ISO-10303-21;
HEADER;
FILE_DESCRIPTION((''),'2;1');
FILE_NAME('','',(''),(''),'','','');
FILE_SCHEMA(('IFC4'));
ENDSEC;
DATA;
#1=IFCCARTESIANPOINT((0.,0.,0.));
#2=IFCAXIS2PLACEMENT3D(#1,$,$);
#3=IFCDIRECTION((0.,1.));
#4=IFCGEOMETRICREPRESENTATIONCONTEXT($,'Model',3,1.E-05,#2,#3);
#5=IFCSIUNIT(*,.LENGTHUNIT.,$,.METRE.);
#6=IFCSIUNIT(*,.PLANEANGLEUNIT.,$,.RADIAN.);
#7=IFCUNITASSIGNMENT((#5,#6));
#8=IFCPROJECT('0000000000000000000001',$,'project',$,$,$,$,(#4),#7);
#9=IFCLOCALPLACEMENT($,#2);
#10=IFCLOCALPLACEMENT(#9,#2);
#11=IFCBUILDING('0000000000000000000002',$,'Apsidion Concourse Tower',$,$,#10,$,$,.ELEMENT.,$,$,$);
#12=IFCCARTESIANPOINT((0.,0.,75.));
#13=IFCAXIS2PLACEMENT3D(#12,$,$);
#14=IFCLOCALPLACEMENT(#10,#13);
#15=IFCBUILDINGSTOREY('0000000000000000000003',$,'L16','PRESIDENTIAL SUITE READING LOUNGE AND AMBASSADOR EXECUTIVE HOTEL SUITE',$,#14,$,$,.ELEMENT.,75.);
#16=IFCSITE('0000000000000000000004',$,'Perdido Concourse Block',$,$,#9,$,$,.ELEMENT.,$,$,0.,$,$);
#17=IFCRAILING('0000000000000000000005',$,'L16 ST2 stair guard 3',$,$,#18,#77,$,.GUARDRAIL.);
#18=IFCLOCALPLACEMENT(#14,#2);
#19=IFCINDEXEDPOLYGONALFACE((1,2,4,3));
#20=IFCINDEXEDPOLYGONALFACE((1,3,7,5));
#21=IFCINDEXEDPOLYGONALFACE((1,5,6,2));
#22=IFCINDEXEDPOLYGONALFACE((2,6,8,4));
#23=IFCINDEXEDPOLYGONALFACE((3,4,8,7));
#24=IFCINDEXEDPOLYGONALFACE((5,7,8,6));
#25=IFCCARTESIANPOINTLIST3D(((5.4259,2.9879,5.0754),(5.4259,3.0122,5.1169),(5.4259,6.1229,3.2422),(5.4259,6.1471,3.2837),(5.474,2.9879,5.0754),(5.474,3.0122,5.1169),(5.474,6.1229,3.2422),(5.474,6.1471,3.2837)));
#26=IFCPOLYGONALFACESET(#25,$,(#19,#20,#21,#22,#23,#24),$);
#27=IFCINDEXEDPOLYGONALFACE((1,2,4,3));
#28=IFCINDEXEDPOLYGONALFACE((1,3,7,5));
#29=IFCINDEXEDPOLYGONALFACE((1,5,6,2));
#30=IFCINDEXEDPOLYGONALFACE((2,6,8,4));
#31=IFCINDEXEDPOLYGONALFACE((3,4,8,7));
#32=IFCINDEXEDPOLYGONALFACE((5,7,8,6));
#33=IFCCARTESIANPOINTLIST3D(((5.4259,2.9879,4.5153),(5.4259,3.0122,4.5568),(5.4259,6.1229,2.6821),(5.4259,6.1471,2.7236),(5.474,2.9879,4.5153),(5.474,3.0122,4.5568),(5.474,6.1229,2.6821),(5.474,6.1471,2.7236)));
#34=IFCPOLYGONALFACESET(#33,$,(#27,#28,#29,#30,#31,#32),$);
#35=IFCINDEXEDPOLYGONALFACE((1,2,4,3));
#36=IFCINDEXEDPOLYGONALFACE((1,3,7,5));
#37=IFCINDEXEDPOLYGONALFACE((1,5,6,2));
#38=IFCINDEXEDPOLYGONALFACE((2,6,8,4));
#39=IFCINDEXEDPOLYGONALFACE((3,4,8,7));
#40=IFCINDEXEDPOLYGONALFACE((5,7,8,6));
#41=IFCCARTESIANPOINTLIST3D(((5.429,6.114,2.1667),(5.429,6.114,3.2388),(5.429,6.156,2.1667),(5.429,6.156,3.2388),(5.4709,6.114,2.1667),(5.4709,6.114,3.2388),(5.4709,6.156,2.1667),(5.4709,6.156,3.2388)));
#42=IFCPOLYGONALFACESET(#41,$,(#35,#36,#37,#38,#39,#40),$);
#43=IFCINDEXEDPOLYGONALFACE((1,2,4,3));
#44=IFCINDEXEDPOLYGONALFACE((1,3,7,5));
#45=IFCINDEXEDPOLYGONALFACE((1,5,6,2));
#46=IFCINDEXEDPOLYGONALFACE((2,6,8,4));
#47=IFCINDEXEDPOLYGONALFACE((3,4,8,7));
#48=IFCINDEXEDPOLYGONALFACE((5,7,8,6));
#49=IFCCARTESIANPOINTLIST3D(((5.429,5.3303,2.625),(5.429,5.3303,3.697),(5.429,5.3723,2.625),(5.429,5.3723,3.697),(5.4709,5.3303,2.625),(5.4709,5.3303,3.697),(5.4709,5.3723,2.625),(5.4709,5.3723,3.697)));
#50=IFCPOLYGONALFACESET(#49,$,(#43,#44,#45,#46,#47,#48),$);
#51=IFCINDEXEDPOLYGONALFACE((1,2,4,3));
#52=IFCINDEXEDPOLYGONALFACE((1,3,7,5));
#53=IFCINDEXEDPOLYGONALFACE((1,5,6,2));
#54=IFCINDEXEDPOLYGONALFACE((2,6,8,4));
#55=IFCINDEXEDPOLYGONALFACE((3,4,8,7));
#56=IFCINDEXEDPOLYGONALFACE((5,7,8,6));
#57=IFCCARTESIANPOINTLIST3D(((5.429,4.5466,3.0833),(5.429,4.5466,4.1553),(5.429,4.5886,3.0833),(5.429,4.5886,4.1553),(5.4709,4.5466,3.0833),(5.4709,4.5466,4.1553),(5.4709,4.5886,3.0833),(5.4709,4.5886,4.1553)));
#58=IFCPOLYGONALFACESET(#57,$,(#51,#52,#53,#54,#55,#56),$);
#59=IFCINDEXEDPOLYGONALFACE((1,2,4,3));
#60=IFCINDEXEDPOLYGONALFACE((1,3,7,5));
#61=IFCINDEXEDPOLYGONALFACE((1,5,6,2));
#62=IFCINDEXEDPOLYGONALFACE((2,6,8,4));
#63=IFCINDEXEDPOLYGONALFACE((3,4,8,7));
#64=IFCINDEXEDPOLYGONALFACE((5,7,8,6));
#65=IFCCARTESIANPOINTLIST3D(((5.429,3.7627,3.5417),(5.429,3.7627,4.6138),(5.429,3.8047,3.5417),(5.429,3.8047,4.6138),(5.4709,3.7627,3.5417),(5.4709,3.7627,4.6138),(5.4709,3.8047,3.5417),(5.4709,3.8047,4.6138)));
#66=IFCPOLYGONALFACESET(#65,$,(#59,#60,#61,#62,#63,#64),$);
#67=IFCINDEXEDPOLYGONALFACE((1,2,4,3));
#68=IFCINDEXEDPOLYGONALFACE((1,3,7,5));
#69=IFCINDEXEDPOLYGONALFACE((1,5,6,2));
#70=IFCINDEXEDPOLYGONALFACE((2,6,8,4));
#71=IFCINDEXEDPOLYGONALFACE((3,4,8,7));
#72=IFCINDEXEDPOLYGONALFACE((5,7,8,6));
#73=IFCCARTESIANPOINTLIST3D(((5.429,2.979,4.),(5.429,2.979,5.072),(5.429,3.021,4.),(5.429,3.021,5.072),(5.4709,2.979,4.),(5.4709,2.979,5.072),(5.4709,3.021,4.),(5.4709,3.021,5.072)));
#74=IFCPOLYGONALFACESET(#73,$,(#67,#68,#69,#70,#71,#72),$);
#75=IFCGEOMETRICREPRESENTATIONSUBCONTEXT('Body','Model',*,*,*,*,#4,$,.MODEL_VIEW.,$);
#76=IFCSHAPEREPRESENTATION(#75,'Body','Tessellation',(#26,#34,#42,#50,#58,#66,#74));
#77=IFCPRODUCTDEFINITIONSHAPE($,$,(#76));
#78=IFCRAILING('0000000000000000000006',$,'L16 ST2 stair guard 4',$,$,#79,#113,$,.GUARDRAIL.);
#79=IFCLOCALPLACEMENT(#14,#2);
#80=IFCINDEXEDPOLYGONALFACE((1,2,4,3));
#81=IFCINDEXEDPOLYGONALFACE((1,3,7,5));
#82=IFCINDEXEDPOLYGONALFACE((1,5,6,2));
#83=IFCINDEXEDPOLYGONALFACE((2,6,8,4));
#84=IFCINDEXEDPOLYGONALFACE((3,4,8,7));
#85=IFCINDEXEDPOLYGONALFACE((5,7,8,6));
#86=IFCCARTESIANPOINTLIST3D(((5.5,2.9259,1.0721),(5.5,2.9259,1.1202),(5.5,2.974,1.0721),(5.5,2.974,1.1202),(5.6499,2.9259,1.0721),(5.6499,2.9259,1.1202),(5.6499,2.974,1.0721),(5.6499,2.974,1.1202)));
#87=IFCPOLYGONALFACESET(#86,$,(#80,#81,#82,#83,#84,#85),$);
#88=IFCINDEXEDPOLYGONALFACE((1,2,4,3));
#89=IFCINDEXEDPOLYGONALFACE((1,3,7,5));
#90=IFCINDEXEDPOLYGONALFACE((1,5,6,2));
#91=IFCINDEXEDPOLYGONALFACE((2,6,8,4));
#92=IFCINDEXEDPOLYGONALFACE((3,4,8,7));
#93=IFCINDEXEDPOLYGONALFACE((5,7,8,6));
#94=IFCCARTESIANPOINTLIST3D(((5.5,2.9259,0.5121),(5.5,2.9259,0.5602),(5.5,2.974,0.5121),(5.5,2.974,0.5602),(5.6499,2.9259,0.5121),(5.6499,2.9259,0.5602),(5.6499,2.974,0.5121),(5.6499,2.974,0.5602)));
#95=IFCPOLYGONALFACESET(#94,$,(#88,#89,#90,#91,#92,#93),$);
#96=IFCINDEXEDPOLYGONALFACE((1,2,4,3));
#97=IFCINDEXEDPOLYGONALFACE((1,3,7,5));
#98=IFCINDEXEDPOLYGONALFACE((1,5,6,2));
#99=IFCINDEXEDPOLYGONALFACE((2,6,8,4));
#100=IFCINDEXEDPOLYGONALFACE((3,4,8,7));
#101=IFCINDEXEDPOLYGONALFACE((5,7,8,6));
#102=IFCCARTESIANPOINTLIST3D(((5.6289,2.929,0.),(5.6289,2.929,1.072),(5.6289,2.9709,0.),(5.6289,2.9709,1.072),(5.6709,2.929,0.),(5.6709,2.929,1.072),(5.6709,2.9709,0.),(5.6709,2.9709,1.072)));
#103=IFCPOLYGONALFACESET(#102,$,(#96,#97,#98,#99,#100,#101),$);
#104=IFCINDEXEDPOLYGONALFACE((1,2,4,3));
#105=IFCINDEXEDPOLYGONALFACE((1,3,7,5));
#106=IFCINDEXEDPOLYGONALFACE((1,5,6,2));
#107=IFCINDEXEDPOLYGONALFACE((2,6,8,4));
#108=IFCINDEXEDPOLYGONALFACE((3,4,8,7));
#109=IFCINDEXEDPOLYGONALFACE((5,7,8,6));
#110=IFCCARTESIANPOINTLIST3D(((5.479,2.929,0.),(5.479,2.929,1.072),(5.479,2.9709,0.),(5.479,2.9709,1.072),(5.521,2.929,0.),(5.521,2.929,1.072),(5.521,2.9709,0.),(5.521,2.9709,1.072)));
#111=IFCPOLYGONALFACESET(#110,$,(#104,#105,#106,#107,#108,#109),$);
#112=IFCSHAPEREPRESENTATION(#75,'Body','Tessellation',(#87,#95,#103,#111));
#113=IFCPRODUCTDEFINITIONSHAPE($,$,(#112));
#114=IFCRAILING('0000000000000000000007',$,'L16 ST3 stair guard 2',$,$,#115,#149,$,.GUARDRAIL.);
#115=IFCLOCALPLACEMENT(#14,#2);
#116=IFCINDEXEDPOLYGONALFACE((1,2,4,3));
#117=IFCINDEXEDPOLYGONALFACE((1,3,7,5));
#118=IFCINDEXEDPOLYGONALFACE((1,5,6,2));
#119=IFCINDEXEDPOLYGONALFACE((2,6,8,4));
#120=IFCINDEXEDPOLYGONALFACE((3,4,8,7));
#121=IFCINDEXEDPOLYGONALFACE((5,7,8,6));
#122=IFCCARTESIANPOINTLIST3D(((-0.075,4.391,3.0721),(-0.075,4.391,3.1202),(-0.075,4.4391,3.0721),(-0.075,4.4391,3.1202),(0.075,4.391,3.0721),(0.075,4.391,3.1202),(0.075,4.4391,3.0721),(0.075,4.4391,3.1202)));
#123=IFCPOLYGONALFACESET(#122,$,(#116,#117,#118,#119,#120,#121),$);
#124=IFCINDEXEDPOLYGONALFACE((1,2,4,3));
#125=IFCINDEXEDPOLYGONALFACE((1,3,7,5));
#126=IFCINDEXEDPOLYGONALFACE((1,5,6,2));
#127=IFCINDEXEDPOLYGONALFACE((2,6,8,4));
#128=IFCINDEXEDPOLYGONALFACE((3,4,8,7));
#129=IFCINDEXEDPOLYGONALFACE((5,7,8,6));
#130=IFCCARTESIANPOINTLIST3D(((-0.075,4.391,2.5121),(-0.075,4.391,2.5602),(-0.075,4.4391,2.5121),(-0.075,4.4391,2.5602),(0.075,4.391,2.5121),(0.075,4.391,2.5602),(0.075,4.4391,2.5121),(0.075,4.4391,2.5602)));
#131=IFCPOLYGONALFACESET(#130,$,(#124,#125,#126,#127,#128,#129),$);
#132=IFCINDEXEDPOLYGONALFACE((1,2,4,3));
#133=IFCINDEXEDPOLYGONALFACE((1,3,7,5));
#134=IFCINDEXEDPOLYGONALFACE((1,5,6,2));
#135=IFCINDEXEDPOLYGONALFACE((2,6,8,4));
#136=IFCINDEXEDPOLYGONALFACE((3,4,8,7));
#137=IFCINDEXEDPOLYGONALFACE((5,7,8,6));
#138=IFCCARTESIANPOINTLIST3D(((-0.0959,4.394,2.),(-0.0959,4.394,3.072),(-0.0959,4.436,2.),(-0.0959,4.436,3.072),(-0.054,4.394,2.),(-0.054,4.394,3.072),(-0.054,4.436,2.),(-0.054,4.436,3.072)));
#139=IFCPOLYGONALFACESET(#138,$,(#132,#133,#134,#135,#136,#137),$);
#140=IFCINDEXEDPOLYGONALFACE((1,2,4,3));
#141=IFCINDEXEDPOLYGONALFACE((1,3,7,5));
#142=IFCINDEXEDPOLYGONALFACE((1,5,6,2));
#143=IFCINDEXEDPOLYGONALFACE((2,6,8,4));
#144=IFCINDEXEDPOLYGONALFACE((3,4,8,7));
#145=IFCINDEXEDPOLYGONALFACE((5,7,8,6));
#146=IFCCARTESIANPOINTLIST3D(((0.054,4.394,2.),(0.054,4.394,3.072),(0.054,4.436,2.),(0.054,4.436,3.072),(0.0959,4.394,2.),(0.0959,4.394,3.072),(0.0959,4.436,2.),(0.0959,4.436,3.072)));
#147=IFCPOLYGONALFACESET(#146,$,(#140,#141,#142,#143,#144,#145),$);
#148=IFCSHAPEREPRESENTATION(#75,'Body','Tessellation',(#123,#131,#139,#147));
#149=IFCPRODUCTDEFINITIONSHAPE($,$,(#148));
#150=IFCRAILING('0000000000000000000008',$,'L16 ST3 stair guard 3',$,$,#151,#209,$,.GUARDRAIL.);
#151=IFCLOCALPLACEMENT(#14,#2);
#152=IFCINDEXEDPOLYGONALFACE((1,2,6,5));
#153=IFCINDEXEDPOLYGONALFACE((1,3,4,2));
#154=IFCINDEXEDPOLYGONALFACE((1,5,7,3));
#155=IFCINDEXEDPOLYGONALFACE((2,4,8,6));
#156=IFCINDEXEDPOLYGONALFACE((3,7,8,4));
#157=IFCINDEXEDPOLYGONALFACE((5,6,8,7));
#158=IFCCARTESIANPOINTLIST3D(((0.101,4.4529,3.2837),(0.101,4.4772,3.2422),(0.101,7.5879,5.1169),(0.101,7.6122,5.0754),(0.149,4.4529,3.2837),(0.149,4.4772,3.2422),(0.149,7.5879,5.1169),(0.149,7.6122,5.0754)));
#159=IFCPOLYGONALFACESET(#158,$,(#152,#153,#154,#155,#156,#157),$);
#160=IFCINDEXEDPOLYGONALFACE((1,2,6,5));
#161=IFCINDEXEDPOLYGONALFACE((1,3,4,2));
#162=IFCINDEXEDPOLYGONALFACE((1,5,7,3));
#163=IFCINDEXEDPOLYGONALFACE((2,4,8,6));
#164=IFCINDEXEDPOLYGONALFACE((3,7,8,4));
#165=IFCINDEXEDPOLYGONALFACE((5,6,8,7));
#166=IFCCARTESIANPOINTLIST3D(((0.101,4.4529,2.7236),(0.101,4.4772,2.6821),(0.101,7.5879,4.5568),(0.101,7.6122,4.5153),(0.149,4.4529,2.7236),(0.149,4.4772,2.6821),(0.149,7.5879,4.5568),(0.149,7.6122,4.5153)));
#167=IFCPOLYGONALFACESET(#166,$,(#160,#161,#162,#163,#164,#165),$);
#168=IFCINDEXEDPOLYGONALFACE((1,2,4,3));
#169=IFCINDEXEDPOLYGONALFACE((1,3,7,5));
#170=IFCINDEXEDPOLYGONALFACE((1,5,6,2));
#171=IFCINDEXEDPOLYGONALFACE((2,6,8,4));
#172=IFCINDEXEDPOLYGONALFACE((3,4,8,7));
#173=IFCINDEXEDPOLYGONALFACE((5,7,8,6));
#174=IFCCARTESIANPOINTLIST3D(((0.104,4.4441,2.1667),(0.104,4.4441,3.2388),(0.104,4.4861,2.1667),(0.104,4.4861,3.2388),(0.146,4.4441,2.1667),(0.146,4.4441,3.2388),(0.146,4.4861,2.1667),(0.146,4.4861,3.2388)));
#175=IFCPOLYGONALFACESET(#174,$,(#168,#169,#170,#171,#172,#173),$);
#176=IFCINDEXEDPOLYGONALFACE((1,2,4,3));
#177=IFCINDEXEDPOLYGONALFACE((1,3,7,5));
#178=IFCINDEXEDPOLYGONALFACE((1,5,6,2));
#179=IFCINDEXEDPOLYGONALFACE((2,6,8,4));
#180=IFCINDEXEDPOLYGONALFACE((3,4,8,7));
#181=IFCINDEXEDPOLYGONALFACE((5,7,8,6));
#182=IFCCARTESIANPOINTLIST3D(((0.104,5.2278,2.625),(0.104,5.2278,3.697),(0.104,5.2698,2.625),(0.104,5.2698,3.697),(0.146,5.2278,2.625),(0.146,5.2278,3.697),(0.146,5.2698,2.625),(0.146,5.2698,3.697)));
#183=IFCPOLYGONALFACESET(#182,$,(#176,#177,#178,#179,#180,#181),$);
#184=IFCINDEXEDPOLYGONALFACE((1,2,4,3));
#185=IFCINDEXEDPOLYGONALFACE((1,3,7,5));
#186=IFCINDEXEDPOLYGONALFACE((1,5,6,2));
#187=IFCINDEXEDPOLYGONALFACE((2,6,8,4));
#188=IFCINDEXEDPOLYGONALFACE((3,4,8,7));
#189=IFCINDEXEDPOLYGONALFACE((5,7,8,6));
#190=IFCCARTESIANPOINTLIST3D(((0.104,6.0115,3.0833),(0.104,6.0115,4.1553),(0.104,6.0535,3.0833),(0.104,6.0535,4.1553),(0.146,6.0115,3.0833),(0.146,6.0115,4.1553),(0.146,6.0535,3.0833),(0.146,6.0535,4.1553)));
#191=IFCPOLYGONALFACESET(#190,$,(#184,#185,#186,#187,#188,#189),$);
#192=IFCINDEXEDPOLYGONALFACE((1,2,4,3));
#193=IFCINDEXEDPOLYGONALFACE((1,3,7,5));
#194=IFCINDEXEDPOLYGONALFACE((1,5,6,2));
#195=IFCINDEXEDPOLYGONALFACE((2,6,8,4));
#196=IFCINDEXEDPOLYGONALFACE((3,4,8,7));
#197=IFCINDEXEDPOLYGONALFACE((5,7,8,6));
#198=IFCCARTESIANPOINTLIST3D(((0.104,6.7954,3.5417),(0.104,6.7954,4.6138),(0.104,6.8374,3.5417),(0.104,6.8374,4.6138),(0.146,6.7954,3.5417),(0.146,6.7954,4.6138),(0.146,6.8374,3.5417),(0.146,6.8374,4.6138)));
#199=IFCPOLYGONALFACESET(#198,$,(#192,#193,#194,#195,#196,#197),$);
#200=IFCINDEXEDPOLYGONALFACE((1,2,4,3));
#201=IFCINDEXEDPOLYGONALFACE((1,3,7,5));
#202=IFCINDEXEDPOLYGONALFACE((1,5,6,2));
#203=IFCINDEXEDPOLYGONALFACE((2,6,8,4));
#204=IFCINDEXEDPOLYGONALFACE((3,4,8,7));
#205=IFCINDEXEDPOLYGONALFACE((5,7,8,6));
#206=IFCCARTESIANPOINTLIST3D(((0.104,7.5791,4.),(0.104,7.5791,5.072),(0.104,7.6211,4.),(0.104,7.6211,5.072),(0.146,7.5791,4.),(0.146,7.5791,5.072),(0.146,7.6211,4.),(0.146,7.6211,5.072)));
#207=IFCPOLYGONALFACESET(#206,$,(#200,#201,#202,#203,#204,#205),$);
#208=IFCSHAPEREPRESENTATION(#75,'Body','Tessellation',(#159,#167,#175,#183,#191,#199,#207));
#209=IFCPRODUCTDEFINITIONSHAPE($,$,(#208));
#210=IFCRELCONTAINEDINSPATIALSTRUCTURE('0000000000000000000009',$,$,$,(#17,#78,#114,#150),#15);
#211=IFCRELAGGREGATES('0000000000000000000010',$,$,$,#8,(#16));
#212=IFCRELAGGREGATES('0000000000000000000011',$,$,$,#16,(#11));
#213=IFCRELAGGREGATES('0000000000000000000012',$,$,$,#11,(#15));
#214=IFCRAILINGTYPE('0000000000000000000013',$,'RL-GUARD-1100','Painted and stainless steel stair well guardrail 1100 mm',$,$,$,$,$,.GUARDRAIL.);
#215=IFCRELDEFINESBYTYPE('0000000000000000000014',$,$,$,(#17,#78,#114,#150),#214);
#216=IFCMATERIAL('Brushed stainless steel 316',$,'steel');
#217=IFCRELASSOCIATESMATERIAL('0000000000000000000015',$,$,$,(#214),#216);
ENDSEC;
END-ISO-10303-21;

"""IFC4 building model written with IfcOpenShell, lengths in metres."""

from ifc_helpers import new_model, si_unit, direction, frame, origin, origin_2d, place, context, subcontext, project, spatial, rectangle, extrude, material, type_object, element, save


model = new_model("IFC4")

# Units and contexts
model_context = context("Model", 3, precision=1e-05, world=origin(), true_north=direction((0.0, 1.0)))
body_context = subcontext(model_context, "Body", "Model", "MODEL_VIEW")
ifc_project = project(units=[si_unit("LENGTHUNIT", "METRE"), si_unit("PLANEANGLEUNIT", "RADIAN")], contexts=[model_context])

# Site, building, storey
site_placement = place(None, origin())
site = spatial("IfcSite", under=ifc_project, at=site_placement, Name="Perdido Concourse Block", CompositionType="ELEMENT", RefElevation=0.0)
building_placement = place(site_placement, origin())
building = spatial("IfcBuilding", under=site, at=building_placement, Name="Apsidion Concourse Tower", CompositionType="ELEMENT")
storey_placement = place(building_placement, frame((0.0, 0.0, 75.0)))
storey = spatial("IfcBuildingStorey", under=building, at=storey_placement, Name="L16", Description="PRESIDENTIAL SUITE READING LOUNGE AND AMBASSADOR EXECUTIVE HOTEL SUITE", CompositionType="ELEMENT", Elevation=75.0)

# Shared definitions
ifc_material_1 = material(Name="Brushed stainless steel 316", Category="steel")

# Railings
railing_type_1 = type_object("IfcRailingType", Name="RL-GUARD-1100", Description="Painted and stainless steel stair well guardrail 1100 mm", PredefinedType="GUARDRAIL", material=ifc_material_1)
railing_1_placement = place(storey_placement, frame((5.45, 6.135, 2.1667)))
element("IfcRailing", 1, at=railing_1_placement, inside=storey, type_object=railing_type_1, Name="L16 ST2 stair guard 3", PredefinedType="GUARDRAIL", context=body_context, shape_type="SweptSolid", body=[
    extrude(rectangle(XDim=0.0481, YDim=0.0481, at=origin_2d()), frame((0.0, 0.0, 1.0962), z_axis=(0.0, -0.86324, 0.504794), x_axis=(1.0, 0.0, 0.0)), (0.0, 0.0, 1.0), 3.6316),
    extrude(rectangle(XDim=0.0481, YDim=0.0481, at=origin_2d()), frame((0.0, 0.0, 0.5361), z_axis=(0.0, -0.86324, 0.504794), x_axis=(1.0, 0.0, 0.0)), (0.0, 0.0, 1.0), 3.6316),
    extrude(rectangle(XDim=0.042, YDim=0.042, at=origin_2d()), origin(), (0.0, 0.0, 1.0), 1.072),
    extrude(rectangle(XDim=0.042, YDim=0.042, at=origin_2d()), frame((0.0, -0.7837, 0.4583)), (0.0, 0.0, 1.0), 1.072),
    extrude(rectangle(XDim=0.042, YDim=0.042, at=origin_2d()), frame((0.0, -1.5674, 0.9165)), (0.0, 0.0, 1.0), 1.072),
    extrude(rectangle(XDim=0.042, YDim=0.042, at=origin_2d()), frame((0.0, -2.3513, 1.375)), (0.0, 0.0, 1.0), 1.072),
    extrude(rectangle(XDim=0.042, YDim=0.042, at=origin_2d()), frame((0.0, -3.135, 1.8333)), (0.0, 0.0, 1.0), 1.072),
])
railing_2_placement = place(storey_placement, frame((5.6499, 2.95, 0.0)))
element("IfcRailing", 2, at=railing_2_placement, inside=storey, type_object=railing_type_1, Name="L16 ST2 stair guard 4", PredefinedType="GUARDRAIL", context=body_context, shape_type="SweptSolid", body=[
    extrude(rectangle(XDim=0.0481, YDim=0.0481, at=origin_2d()), frame((0.0, 0.0, 1.0962), z_axis=(-1.0, 0.0, 0.0), x_axis=(0.0, -1.0, 0.0)), (0.0, 0.0, 1.0), 0.1499),
    extrude(rectangle(XDim=0.0481, YDim=0.0481, at=origin_2d()), frame((0.0, 0.0, 0.5361), z_axis=(-1.0, 0.0, 0.0), x_axis=(0.0, -1.0, 0.0)), (0.0, 0.0, 1.0), 0.1499),
    extrude(rectangle(XDim=0.042, YDim=0.042, at=origin_2d()), origin(), (0.0, 0.0, 1.0), 1.072),
    extrude(rectangle(XDim=0.042, YDim=0.042, at=origin_2d()), frame((-0.1499, 0.0, 0.0)), (0.0, 0.0, 1.0), 1.072),
])
railing_3_placement = place(storey_placement, frame((-0.075, 4.415, 2.0)))
element("IfcRailing", 3, at=railing_3_placement, inside=storey, type_object=railing_type_1, Name="L16 ST3 stair guard 2", PredefinedType="GUARDRAIL", context=body_context, shape_type="SweptSolid", body=[
    extrude(rectangle(XDim=0.0481, YDim=0.0481, at=origin_2d()), frame((0.0, 0.0, 1.0962), z_axis=(1.0, 0.0, 0.0), x_axis=(0.0, 1.0, 0.0)), (0.0, 0.0, 1.0), 0.1499),
    extrude(rectangle(XDim=0.0481, YDim=0.0481, at=origin_2d()), frame((0.0, 0.0, 0.5361), z_axis=(1.0, 0.0, 0.0), x_axis=(0.0, 1.0, 0.0)), (0.0, 0.0, 1.0), 0.1499),
    extrude(rectangle(XDim=0.042, YDim=0.042, at=origin_2d()), origin(), (0.0, 0.0, 1.0), 1.072),
    extrude(rectangle(XDim=0.042, YDim=0.042, at=origin_2d()), frame((0.1499, 0.0, 0.0)), (0.0, 0.0, 1.0), 1.072),
])
railing_4_placement = place(storey_placement, frame((0.125, 4.4651, 2.1667)))
element("IfcRailing", 4, at=railing_4_placement, inside=storey, type_object=railing_type_1, Name="L16 ST3 stair guard 3", PredefinedType="GUARDRAIL", context=body_context, shape_type="SweptSolid", body=[
    extrude(rectangle(XDim=0.0481, YDim=0.0481, at=origin_2d()), frame((0.0, 0.0, 1.0962), z_axis=(0.0, 0.86324, 0.504794), x_axis=(-1.0, 0.0, 0.0)), (0.0, 0.0, 1.0), 3.6316),
    extrude(rectangle(XDim=0.0481, YDim=0.0481, at=origin_2d()), frame((0.0, 0.0, 0.5361), z_axis=(0.0, 0.86324, 0.504794), x_axis=(-1.0, 0.0, 0.0)), (0.0, 0.0, 1.0), 3.6316),
    extrude(rectangle(XDim=0.042, YDim=0.042, at=origin_2d()), origin(), (0.0, 0.0, 1.0), 1.072),
    extrude(rectangle(XDim=0.042, YDim=0.042, at=origin_2d()), frame((0.0, 0.7837, 0.4583)), (0.0, 0.0, 1.0), 1.072),
    extrude(rectangle(XDim=0.042, YDim=0.042, at=origin_2d()), frame((0.0, 1.5674, 0.9165)), (0.0, 0.0, 1.0), 1.072),
    extrude(rectangle(XDim=0.042, YDim=0.042, at=origin_2d()), frame((0.0, 2.3513, 1.375)), (0.0, 0.0, 1.0), 1.072),
    extrude(rectangle(XDim=0.042, YDim=0.042, at=origin_2d()), frame((0.0, 3.135, 1.8333)), (0.0, 0.0, 1.0), 1.072),
])

save(model, "model.ifc")
